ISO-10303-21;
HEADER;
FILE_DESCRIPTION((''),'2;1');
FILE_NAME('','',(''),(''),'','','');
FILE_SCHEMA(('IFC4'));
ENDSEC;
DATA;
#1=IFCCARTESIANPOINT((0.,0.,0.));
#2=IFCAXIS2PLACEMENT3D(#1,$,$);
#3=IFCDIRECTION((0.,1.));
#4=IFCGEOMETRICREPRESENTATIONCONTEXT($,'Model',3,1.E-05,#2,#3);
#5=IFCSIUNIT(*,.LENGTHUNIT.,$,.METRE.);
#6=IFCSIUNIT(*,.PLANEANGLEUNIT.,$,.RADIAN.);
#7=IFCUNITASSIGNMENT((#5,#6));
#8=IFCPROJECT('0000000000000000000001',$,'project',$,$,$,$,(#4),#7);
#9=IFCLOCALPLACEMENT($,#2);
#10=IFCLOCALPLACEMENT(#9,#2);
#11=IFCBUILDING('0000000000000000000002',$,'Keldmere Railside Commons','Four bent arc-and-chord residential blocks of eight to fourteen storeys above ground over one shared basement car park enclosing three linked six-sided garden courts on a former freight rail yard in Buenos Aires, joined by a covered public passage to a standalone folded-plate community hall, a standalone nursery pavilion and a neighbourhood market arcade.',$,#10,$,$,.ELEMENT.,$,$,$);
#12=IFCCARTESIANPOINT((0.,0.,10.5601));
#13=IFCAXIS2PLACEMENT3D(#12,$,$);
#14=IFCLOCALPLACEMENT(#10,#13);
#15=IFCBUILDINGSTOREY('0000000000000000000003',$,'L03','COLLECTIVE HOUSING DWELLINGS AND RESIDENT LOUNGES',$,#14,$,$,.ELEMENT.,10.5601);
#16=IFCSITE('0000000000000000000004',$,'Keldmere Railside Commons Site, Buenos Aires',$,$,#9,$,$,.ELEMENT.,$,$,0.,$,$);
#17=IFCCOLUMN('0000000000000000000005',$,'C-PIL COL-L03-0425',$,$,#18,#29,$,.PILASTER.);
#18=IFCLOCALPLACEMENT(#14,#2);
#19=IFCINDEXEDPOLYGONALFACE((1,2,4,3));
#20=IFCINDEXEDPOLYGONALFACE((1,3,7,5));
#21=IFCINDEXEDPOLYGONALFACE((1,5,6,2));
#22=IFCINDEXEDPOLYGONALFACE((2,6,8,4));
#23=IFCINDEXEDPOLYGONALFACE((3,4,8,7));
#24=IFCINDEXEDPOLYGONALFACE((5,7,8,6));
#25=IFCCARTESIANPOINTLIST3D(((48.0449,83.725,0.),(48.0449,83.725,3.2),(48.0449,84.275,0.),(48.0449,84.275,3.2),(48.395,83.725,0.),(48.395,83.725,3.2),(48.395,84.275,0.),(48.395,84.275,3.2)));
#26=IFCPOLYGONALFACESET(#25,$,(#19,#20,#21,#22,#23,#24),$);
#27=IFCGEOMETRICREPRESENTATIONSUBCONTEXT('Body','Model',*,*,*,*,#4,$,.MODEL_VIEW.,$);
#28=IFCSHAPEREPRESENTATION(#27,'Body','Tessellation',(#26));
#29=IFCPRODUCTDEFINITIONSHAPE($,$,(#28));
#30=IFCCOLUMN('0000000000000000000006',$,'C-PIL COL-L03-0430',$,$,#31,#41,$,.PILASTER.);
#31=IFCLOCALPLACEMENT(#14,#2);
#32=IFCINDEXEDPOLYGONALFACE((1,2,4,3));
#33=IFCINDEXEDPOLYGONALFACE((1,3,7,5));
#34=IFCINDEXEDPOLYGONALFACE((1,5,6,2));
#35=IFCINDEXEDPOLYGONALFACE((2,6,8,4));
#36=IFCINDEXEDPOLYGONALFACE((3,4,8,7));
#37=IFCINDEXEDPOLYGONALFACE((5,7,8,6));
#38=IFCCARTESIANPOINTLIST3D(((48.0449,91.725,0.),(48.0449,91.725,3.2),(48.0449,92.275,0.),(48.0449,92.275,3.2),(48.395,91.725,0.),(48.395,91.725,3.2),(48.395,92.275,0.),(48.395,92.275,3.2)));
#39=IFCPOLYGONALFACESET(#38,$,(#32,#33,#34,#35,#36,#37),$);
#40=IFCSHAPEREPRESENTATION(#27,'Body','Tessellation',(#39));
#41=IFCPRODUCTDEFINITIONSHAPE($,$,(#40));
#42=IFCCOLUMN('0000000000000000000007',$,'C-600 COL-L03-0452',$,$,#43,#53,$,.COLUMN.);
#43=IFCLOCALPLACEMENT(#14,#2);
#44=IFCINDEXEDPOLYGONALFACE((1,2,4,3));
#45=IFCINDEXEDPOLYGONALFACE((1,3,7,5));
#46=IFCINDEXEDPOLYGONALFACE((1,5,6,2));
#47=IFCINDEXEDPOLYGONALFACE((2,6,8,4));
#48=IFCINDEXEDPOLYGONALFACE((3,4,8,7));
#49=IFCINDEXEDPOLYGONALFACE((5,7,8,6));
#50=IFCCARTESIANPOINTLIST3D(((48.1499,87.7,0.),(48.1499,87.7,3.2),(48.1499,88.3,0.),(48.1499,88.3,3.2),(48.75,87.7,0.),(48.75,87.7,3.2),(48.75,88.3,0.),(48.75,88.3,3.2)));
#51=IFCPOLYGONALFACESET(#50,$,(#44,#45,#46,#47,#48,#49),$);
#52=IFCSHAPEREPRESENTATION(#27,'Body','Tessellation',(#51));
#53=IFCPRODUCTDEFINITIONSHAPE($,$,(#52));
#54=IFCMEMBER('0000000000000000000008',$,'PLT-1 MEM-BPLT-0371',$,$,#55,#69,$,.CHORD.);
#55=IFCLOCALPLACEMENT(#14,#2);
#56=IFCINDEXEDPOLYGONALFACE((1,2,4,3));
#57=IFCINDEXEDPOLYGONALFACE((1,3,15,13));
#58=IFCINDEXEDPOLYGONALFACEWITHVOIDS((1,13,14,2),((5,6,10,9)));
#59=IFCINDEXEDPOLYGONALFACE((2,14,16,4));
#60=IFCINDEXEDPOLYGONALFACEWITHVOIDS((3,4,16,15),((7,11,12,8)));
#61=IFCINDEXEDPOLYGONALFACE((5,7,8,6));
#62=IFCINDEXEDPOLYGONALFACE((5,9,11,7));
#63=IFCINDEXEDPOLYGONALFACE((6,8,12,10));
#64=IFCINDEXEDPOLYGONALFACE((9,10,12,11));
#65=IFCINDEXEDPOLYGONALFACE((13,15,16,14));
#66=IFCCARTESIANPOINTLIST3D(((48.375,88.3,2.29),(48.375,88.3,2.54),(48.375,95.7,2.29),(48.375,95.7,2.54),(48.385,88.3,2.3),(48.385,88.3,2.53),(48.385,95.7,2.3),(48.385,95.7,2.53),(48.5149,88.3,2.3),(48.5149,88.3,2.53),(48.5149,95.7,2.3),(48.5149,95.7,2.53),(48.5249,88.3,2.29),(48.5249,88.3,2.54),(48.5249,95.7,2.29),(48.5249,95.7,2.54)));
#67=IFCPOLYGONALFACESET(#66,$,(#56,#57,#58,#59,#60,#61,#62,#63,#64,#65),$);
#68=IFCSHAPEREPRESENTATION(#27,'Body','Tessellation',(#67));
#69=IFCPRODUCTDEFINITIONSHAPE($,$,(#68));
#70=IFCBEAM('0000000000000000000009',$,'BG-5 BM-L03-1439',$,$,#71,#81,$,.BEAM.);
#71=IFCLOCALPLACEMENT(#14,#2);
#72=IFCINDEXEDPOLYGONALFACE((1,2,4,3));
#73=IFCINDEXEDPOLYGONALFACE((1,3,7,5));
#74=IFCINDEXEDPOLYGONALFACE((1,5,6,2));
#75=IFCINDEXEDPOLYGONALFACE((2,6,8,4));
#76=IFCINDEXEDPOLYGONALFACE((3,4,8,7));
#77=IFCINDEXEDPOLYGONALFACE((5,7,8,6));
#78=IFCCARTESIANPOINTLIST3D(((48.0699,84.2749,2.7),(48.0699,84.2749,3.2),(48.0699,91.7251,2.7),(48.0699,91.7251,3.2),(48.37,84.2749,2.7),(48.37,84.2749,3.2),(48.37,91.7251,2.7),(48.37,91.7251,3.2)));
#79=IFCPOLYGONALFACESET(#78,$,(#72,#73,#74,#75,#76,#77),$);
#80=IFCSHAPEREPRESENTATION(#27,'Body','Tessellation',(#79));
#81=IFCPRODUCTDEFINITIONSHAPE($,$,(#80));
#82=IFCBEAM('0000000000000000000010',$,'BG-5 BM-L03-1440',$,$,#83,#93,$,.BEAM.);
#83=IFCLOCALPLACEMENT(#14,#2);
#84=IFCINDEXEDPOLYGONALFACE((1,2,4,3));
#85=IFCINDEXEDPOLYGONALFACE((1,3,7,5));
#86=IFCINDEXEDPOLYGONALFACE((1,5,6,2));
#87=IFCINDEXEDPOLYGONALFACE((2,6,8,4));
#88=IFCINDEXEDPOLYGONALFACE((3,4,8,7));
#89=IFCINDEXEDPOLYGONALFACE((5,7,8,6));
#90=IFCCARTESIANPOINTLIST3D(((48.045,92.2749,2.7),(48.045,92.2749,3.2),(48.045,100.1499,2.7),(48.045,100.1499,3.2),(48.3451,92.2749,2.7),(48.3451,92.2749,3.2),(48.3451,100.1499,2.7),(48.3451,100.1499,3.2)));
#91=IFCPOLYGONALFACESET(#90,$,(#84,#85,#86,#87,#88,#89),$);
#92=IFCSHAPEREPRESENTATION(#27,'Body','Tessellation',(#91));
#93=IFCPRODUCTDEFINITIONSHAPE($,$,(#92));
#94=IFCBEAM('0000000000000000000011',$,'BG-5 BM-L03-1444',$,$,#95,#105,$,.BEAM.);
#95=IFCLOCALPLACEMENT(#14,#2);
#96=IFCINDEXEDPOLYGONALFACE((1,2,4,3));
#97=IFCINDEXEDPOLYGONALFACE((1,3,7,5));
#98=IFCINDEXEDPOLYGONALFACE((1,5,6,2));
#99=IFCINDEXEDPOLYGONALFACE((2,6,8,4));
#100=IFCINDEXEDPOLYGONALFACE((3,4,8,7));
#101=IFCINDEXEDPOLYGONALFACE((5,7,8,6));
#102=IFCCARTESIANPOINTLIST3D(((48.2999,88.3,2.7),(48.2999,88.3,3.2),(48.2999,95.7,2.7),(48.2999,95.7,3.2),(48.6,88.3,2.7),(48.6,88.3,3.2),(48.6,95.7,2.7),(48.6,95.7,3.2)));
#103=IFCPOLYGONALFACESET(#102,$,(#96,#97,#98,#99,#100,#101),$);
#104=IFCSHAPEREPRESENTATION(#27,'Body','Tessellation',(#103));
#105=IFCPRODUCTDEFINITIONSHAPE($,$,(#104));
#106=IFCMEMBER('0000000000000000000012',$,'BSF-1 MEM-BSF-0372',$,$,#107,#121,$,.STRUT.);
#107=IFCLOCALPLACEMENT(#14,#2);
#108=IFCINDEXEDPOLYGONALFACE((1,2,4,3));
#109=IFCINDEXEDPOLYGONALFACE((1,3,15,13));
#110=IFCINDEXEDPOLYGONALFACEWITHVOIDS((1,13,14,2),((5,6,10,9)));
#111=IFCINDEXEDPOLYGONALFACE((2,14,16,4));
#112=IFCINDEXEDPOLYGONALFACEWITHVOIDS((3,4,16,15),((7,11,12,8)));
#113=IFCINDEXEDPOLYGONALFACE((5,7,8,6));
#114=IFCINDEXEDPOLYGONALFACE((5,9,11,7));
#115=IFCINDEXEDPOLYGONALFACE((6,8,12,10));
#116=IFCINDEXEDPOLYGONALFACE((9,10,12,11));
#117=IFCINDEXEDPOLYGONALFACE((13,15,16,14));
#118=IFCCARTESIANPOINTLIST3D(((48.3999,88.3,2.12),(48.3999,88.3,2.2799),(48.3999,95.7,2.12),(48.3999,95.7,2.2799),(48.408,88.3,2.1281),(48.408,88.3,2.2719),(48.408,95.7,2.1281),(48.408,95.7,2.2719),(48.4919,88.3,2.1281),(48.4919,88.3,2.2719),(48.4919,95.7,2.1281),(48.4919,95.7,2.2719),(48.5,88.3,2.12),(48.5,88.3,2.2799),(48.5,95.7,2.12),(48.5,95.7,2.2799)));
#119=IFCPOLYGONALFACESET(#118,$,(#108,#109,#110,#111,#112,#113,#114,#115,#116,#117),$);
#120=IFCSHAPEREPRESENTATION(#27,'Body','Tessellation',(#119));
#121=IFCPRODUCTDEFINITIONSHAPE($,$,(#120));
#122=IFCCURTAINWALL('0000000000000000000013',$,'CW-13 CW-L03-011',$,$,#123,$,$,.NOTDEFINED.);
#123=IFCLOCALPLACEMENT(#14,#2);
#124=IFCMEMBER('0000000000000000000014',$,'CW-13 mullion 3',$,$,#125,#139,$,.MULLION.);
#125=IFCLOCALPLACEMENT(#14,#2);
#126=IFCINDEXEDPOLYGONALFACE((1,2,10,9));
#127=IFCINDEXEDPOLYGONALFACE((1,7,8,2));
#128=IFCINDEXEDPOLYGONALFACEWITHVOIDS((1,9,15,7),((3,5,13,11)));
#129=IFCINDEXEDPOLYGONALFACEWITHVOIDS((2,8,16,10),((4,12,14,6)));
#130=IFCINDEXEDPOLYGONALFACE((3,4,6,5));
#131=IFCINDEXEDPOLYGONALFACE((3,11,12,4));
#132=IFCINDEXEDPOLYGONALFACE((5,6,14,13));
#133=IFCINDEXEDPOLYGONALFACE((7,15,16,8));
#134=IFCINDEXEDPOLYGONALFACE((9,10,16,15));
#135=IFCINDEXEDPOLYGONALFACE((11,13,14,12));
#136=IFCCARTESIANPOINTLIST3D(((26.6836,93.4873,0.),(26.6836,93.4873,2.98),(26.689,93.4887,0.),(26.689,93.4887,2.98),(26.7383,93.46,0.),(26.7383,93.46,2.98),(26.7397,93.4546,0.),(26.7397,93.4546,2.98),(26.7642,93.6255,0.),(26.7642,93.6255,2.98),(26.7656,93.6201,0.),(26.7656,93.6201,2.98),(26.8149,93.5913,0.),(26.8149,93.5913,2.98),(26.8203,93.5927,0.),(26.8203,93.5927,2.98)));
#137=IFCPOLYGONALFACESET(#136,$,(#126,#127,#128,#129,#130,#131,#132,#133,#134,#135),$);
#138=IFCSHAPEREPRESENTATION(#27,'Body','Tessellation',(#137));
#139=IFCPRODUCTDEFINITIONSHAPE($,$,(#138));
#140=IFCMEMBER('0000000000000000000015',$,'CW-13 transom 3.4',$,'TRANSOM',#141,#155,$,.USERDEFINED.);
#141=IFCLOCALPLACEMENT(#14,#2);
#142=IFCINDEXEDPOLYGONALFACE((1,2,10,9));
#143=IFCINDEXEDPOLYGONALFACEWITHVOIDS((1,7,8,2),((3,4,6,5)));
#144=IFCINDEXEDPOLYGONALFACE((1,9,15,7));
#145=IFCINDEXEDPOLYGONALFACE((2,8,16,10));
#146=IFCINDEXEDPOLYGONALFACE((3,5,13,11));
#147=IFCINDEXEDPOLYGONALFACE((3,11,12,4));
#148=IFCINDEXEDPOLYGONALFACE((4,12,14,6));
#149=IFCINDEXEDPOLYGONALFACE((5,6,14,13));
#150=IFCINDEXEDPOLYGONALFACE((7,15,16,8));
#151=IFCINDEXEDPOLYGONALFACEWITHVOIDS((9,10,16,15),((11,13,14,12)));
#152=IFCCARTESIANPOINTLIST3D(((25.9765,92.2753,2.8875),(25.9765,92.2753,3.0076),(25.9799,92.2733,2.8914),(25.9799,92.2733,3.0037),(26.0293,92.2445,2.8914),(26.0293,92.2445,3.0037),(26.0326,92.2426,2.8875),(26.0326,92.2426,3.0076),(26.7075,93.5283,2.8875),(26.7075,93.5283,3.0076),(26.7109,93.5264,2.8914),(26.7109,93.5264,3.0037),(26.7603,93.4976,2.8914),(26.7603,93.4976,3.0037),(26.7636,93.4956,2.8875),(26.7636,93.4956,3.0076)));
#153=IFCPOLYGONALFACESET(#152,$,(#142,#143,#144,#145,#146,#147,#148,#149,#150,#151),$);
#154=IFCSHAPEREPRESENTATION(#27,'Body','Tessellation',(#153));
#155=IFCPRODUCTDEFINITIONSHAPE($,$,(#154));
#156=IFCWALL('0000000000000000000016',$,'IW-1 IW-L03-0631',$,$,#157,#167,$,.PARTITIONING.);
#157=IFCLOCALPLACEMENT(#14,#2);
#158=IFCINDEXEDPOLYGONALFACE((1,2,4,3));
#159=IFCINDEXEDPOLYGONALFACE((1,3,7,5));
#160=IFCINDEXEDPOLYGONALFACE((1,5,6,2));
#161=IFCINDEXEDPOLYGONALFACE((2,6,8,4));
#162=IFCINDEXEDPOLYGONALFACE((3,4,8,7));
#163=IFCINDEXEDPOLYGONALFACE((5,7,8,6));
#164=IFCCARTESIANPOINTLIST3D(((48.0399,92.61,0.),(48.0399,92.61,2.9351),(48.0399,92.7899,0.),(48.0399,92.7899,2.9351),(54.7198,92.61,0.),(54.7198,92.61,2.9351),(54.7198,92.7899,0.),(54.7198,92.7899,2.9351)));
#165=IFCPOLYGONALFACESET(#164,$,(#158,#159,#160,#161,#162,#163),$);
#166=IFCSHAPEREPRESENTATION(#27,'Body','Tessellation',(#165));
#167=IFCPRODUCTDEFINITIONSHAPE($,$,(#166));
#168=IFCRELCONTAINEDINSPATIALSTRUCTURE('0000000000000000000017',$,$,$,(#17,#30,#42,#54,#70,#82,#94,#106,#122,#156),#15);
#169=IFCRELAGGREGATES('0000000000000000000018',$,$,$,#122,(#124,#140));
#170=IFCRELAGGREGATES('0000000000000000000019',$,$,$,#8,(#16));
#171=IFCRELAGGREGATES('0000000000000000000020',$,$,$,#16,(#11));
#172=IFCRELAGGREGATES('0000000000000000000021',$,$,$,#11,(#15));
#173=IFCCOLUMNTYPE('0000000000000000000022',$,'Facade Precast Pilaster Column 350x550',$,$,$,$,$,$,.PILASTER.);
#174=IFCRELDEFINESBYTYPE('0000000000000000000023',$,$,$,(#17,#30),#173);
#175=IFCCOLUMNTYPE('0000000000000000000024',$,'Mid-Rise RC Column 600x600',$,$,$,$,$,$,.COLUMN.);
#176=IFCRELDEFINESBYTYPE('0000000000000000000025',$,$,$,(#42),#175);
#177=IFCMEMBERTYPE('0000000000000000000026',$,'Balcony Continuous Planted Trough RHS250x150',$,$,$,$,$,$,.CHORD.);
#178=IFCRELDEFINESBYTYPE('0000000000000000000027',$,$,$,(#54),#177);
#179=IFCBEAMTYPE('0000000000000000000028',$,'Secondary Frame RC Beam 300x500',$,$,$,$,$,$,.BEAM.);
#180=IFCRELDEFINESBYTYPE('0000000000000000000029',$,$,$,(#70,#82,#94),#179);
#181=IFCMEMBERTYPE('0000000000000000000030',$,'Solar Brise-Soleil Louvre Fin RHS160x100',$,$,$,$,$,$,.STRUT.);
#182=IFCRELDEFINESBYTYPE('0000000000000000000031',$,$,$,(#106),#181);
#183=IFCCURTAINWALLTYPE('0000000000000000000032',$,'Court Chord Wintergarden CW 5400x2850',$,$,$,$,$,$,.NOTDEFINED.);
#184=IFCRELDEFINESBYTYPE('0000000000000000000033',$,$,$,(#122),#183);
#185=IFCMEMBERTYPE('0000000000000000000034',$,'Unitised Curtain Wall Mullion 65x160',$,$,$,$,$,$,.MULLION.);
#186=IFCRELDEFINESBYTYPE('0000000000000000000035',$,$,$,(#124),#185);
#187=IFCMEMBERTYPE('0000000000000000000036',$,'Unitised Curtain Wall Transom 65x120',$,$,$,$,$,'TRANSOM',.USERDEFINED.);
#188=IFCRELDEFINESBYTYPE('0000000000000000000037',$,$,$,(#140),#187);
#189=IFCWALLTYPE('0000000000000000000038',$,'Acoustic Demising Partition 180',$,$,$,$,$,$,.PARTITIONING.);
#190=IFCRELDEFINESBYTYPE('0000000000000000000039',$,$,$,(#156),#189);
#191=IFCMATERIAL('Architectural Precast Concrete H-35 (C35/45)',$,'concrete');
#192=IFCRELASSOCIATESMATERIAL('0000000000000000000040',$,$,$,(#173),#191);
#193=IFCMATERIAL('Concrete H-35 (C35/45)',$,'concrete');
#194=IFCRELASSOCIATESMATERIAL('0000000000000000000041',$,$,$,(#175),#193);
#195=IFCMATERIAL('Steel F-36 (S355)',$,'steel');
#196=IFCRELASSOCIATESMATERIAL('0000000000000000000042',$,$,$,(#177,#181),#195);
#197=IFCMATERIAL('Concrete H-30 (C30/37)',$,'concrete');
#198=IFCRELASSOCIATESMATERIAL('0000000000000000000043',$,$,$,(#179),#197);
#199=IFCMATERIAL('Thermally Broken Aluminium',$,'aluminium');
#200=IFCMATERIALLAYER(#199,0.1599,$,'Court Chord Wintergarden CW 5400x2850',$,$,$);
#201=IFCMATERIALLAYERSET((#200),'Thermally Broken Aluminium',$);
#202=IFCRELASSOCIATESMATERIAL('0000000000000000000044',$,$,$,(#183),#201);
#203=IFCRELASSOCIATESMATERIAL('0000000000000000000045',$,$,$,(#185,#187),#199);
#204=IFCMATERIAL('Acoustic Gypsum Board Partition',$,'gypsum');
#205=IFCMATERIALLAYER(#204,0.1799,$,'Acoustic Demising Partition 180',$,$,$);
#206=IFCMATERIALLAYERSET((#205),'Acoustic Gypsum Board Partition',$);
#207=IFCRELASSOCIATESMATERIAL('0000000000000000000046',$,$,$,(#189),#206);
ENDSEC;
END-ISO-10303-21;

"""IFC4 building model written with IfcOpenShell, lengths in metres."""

from ifc_helpers import new_model, si_unit, direction, frame, frame_2d, origin, origin_2d, place, context, subcontext, project, spatial, rectangle, hollow_rectangle, extrude, material, layer, layer_set, material_profile, profile_set, type_object, element, aggregate, save


model = new_model("IFC4")

# Units and contexts
model_context = context("Model", 3, precision=1e-05, world=origin(), true_north=direction((0.0, 1.0)))
body_context = subcontext(model_context, "Body", "Model", "MODEL_VIEW")
ifc_project = project(units=[si_unit("LENGTHUNIT", "METRE"), si_unit("PLANEANGLEUNIT", "RADIAN")], contexts=[model_context])

# Site, building, storey
site_placement = place(None, origin())
site = spatial("IfcSite", under=ifc_project, at=site_placement, Name="Keldmere Railside Commons Site, Buenos Aires", CompositionType="ELEMENT", RefElevation=0.0)
building_placement = place(site_placement, origin())
building = spatial("IfcBuilding", under=site, at=building_placement, Name="Keldmere Railside Commons", Description="Four bent arc-and-chord residential blocks of eight to fourteen storeys above ground over one shared basement car park enclosing three linked six-sided garden courts on a former freight rail yard in Buenos Aires, joined by a covered public passage to a standalone folded-plate community hall, a standalone nursery pavilion and a neighbourhood market arcade.", CompositionType="ELEMENT")
storey_placement = place(building_placement, frame((0.0, 0.0, 10.5601)))
storey = spatial("IfcBuildingStorey", under=building, at=storey_placement, Name="L03", Description="COLLECTIVE HOUSING DWELLINGS AND RESIDENT LOUNGES", CompositionType="ELEMENT", Elevation=10.5601)

# Columns
ifc_material_1 = material(Name="Architectural Precast Concrete H-35 (C35/45)", Category="concrete")
ifc_material_profile_1 = material_profile(ifc_material_1, rectangle(XDim=0.3501, YDim=0.55, at=origin_2d()), Name="RC-350x550")
ifc_profile_set_1 = profile_set([ifc_material_profile_1], Name="Architectural Precast Concrete H-35 (C35/45)")
column_type_1 = type_object("IfcColumnType", Name="Facade Precast Pilaster Column 350x550", PredefinedType="PILASTER", material=ifc_profile_set_1)
for number, where, z_axis, x_axis, name in (
    (1, (48.22, 84.0, 0.0), (0.0, 0.0, 1.0), (1.0, 0.0, 0.0), "C-PIL COL-L03-0425"),
    (2, (48.22, 92.0, 0.0), (0.0, 0.0, 1.0), (1.0, 0.0, 0.0), "C-PIL COL-L03-0430"),
):
    element("IfcColumn", number, at=place(storey_placement, frame(where, z_axis=z_axis, x_axis=x_axis)), inside=storey, type_object=column_type_1, Name=name, PredefinedType="PILASTER", context=body_context, shape_type="SweptSolid", body=[
        extrude(rectangle(XDim=0.3501, YDim=0.55, at=origin_2d()), origin(), (0.0, 0.0, 1.0), 3.2),
    ])
ifc_material_2 = material(Name="Concrete H-35 (C35/45)", Category="concrete")
ifc_material_profile_2 = material_profile(ifc_material_2, rectangle(XDim=0.6001, YDim=0.6001, at=origin_2d()), Name="RC-600x600")
ifc_profile_set_2 = profile_set([ifc_material_profile_2], Name="Concrete H-35 (C35/45)")
column_type_2 = type_object("IfcColumnType", Name="Mid-Rise RC Column 600x600", PredefinedType="COLUMN", material=ifc_profile_set_2)
column_placement = place(storey_placement, frame((48.45, 88.0, 0.0), z_axis=(0.0, 0.0, 1.0), x_axis=(1.0, 0.0, 0.0)))
element("IfcColumn", 3, at=column_placement, inside=storey, type_object=column_type_2, Name="C-600 COL-L03-0452", PredefinedType="COLUMN", context=body_context, shape_type="SweptSolid", body=[
    extrude(rectangle(XDim=0.6001, YDim=0.6001, at=origin_2d()), origin(), (0.0, 0.0, 1.0), 3.2),
])

# Member
ifc_material_3 = material(Name="Steel F-36 (S355)", Category="steel")
ifc_material_profile_3 = material_profile(ifc_material_3, hollow_rectangle(XDim=0.1499, YDim=0.25, WallThickness=0.01, at=origin_2d()), Name="RHS-250x150x10")
ifc_profile_set_3 = profile_set([ifc_material_profile_3], Name="Steel F-36 (S355)")
member_type_1 = type_object("IfcMemberType", Name="Balcony Continuous Planted Trough RHS250x150", PredefinedType="CHORD", material=ifc_profile_set_3)
member_1_placement = place(storey_placement, frame((48.45, 88.3, 2.415), z_axis=(0.0, 1.0, 0.0), x_axis=(-1.0, 0.0, 0.0)))
element("IfcMember", 4, at=member_1_placement, inside=storey, type_object=member_type_1, Name="PLT-1 MEM-BPLT-0371", PredefinedType="CHORD", context=body_context, shape_type="SweptSolid", body=[
    extrude(hollow_rectangle(XDim=0.1499, YDim=0.25, WallThickness=0.01, at=origin_2d()), origin(), (0.0, 0.0, 1.0), 7.3999),
])

# Beams
ifc_material_4 = material(Name="Concrete H-30 (C30/37)", Category="concrete")
ifc_material_profile_4 = material_profile(ifc_material_4, rectangle(XDim=0.3, YDim=0.5, at=origin_2d()), Name="RC-300x500")
ifc_profile_set_4 = profile_set([ifc_material_profile_4], Name="Concrete H-30 (C30/37)")
beam_type = type_object("IfcBeamType", Name="Secondary Frame RC Beam 300x500", PredefinedType="BEAM", material=ifc_profile_set_4)
beam_1_placement = place(storey_placement, frame((48.22, 84.2749, 2.95), z_axis=(0.0, 1.0, 0.0), x_axis=(-1.0, 0.0, 0.0)))
element("IfcBeam", 5, at=beam_1_placement, inside=storey, type_object=beam_type, Name="BG-5 BM-L03-1439", PredefinedType="BEAM", context=body_context, shape_type="SweptSolid", body=[
    extrude(rectangle(XDim=0.3, YDim=0.5, at=origin_2d()), origin(), (0.0, 0.0, 1.0), 7.4502),
])
beam_2_placement = place(storey_placement, frame((48.1951, 92.2749, 2.95), z_axis=(0.0, 1.0, 0.0), x_axis=(-1.0, 0.0, 0.0)))
element("IfcBeam", 6, at=beam_2_placement, inside=storey, type_object=beam_type, Name="BG-5 BM-L03-1440", PredefinedType="BEAM", context=body_context, shape_type="SweptSolid", body=[
    extrude(rectangle(XDim=0.3, YDim=0.5, at=origin_2d()), origin(), (0.0, 0.0, 1.0), 7.875),
])
beam_3_placement = place(storey_placement, frame((48.45, 88.3, 2.95), z_axis=(0.0, 1.0, 0.0), x_axis=(-1.0, 0.0, 0.0)))
element("IfcBeam", 7, at=beam_3_placement, inside=storey, type_object=beam_type, Name="BG-5 BM-L03-1444", PredefinedType="BEAM", context=body_context, shape_type="SweptSolid", body=[
    extrude(rectangle(XDim=0.3, YDim=0.5, at=origin_2d()), origin(), (0.0, 0.0, 1.0), 7.3999),
])

# Member
ifc_material_profile_5 = material_profile(ifc_material_3, hollow_rectangle(XDim=0.1001, YDim=0.1599, WallThickness=0.0081, at=origin_2d()), Name="RHS-160x100x8")
ifc_profile_set_5 = profile_set([ifc_material_profile_5], Name="Steel F-36 (S355)")
member_type_2 = type_object("IfcMemberType", Name="Solar Brise-Soleil Louvre Fin RHS160x100", PredefinedType="STRUT", material=ifc_profile_set_5)
member_2_placement = place(storey_placement, frame((48.45, 88.3, 2.2), z_axis=(0.0, 1.0, 0.0), x_axis=(-1.0, 0.0, 0.0)))
element("IfcMember", 8, at=member_2_placement, inside=storey, type_object=member_type_2, Name="BSF-1 MEM-BSF-0372", PredefinedType="STRUT", context=body_context, shape_type="SweptSolid", body=[
    extrude(hollow_rectangle(XDim=0.1001, YDim=0.1599, WallThickness=0.0081, at=origin_2d()), origin(), (0.0, 0.0, 1.0), 7.3999),
])

# Curtain wall, members
ifc_material_5 = material(Name="Thermally Broken Aluminium", Category="aluminium")
ifc_layer_1 = layer(ifc_material_5, 0.1599, Name="Court Chord Wintergarden CW 5400x2850")
ifc_layer_set_1 = layer_set([ifc_layer_1], Name="Thermally Broken Aluminium")
curtain_wall_type = type_object("IfcCurtainWallType", Name="Court Chord Wintergarden CW 5400x2850", PredefinedType="NOTDEFINED", material=ifc_layer_set_1)
curtain_wall_placement = place(storey_placement, origin())
curtain_wall = element("IfcCurtainWall", 9, at=curtain_wall_placement, inside=storey, type_object=curtain_wall_type, Name="CW-13 CW-L03-011", PredefinedType="NOTDEFINED")
ifc_material_profile_6 = material_profile(ifc_material_5, hollow_rectangle(XDim=0.0649, YDim=0.1599, WallThickness=0.0039, at=origin_2d()), Name="ALU-MULL-65x160")
ifc_profile_set_6 = profile_set([ifc_material_profile_6], Name="Thermally Broken Aluminium")
member_type_3 = type_object("IfcMemberType", Name="Unitised Curtain Wall Mullion 65x160", PredefinedType="MULLION", material=ifc_profile_set_6)
member_3_placement = place(storey_placement, frame((26.752, 93.54, 0.0), z_axis=(0.0, 0.0, 1.0), x_axis=(0.863755, -0.503911, 0.0)))
member_3 = element("IfcMember", 10, at=member_3_placement, type_object=member_type_3, Name="CW-13 mullion 3", PredefinedType="MULLION", context=body_context, shape_type="SweptSolid", body=[
    extrude(hollow_rectangle(XDim=0.0649, YDim=0.1599, WallThickness=0.0039, at=origin_2d()), origin(), (0.0, 0.0, 1.0), 2.98),
])
ifc_material_profile_7 = material_profile(ifc_material_5, hollow_rectangle(XDim=0.0649, YDim=0.1201, WallThickness=0.0039, at=origin_2d()), Name="ALU-TRAN-65x120")
ifc_profile_set_7 = profile_set([ifc_material_profile_7], Name="Thermally Broken Aluminium")
member_type_4 = type_object("IfcMemberType", Name="Unitised Curtain Wall Transom 65x120", ElementType="TRANSOM", PredefinedType="USERDEFINED", material=ifc_profile_set_7)
member_4_placement = place(storey_placement, frame((26.7356, 93.512, 2.9475), z_axis=(-0.503913, -0.863754, 0.0), x_axis=(0.863754, -0.503913, 0.0)))
member_4 = element("IfcMember", 11, at=member_4_placement, type_object=member_type_4, Name="CW-13 transom 3.4", ObjectType="TRANSOM", PredefinedType="USERDEFINED", context=body_context, shape_type="SweptSolid", body=[
    extrude(hollow_rectangle(XDim=0.0649, YDim=0.1201, WallThickness=0.0039, at=origin_2d()), origin(), (0.0, 0.0, 1.0), 1.4507),
])
aggregate(curtain_wall, [member_3, member_4])

# Wall
ifc_material_6 = material(Name="Acoustic Gypsum Board Partition", Category="gypsum")
ifc_layer_2 = layer(ifc_material_6, 0.1799, Name="Acoustic Demising Partition 180")
ifc_layer_set_2 = layer_set([ifc_layer_2], Name="Acoustic Gypsum Board Partition")
wall_type_1 = type_object("IfcWallType", Name="Acoustic Demising Partition 180", PredefinedType="PARTITIONING", material=ifc_layer_set_2)
wall_1_placement = place(storey_placement, frame((48.04, 92.7, 0.0), z_axis=(0.0, 0.0, 1.0), x_axis=(1.0, 0.0, 0.0)))
element("IfcWall", 12, at=wall_1_placement, inside=storey, type_object=wall_type_1, Name="IW-1 IW-L03-0631", PredefinedType="PARTITIONING", context=body_context, shape_type="SweptSolid", body=[
    extrude(rectangle(XDim=6.6799, YDim=0.1799, at=frame_2d((3.3398, 0.0))), origin(), (0.0, 0.0, 1.0), 2.9351),
])

save(model, "model.ifc")
